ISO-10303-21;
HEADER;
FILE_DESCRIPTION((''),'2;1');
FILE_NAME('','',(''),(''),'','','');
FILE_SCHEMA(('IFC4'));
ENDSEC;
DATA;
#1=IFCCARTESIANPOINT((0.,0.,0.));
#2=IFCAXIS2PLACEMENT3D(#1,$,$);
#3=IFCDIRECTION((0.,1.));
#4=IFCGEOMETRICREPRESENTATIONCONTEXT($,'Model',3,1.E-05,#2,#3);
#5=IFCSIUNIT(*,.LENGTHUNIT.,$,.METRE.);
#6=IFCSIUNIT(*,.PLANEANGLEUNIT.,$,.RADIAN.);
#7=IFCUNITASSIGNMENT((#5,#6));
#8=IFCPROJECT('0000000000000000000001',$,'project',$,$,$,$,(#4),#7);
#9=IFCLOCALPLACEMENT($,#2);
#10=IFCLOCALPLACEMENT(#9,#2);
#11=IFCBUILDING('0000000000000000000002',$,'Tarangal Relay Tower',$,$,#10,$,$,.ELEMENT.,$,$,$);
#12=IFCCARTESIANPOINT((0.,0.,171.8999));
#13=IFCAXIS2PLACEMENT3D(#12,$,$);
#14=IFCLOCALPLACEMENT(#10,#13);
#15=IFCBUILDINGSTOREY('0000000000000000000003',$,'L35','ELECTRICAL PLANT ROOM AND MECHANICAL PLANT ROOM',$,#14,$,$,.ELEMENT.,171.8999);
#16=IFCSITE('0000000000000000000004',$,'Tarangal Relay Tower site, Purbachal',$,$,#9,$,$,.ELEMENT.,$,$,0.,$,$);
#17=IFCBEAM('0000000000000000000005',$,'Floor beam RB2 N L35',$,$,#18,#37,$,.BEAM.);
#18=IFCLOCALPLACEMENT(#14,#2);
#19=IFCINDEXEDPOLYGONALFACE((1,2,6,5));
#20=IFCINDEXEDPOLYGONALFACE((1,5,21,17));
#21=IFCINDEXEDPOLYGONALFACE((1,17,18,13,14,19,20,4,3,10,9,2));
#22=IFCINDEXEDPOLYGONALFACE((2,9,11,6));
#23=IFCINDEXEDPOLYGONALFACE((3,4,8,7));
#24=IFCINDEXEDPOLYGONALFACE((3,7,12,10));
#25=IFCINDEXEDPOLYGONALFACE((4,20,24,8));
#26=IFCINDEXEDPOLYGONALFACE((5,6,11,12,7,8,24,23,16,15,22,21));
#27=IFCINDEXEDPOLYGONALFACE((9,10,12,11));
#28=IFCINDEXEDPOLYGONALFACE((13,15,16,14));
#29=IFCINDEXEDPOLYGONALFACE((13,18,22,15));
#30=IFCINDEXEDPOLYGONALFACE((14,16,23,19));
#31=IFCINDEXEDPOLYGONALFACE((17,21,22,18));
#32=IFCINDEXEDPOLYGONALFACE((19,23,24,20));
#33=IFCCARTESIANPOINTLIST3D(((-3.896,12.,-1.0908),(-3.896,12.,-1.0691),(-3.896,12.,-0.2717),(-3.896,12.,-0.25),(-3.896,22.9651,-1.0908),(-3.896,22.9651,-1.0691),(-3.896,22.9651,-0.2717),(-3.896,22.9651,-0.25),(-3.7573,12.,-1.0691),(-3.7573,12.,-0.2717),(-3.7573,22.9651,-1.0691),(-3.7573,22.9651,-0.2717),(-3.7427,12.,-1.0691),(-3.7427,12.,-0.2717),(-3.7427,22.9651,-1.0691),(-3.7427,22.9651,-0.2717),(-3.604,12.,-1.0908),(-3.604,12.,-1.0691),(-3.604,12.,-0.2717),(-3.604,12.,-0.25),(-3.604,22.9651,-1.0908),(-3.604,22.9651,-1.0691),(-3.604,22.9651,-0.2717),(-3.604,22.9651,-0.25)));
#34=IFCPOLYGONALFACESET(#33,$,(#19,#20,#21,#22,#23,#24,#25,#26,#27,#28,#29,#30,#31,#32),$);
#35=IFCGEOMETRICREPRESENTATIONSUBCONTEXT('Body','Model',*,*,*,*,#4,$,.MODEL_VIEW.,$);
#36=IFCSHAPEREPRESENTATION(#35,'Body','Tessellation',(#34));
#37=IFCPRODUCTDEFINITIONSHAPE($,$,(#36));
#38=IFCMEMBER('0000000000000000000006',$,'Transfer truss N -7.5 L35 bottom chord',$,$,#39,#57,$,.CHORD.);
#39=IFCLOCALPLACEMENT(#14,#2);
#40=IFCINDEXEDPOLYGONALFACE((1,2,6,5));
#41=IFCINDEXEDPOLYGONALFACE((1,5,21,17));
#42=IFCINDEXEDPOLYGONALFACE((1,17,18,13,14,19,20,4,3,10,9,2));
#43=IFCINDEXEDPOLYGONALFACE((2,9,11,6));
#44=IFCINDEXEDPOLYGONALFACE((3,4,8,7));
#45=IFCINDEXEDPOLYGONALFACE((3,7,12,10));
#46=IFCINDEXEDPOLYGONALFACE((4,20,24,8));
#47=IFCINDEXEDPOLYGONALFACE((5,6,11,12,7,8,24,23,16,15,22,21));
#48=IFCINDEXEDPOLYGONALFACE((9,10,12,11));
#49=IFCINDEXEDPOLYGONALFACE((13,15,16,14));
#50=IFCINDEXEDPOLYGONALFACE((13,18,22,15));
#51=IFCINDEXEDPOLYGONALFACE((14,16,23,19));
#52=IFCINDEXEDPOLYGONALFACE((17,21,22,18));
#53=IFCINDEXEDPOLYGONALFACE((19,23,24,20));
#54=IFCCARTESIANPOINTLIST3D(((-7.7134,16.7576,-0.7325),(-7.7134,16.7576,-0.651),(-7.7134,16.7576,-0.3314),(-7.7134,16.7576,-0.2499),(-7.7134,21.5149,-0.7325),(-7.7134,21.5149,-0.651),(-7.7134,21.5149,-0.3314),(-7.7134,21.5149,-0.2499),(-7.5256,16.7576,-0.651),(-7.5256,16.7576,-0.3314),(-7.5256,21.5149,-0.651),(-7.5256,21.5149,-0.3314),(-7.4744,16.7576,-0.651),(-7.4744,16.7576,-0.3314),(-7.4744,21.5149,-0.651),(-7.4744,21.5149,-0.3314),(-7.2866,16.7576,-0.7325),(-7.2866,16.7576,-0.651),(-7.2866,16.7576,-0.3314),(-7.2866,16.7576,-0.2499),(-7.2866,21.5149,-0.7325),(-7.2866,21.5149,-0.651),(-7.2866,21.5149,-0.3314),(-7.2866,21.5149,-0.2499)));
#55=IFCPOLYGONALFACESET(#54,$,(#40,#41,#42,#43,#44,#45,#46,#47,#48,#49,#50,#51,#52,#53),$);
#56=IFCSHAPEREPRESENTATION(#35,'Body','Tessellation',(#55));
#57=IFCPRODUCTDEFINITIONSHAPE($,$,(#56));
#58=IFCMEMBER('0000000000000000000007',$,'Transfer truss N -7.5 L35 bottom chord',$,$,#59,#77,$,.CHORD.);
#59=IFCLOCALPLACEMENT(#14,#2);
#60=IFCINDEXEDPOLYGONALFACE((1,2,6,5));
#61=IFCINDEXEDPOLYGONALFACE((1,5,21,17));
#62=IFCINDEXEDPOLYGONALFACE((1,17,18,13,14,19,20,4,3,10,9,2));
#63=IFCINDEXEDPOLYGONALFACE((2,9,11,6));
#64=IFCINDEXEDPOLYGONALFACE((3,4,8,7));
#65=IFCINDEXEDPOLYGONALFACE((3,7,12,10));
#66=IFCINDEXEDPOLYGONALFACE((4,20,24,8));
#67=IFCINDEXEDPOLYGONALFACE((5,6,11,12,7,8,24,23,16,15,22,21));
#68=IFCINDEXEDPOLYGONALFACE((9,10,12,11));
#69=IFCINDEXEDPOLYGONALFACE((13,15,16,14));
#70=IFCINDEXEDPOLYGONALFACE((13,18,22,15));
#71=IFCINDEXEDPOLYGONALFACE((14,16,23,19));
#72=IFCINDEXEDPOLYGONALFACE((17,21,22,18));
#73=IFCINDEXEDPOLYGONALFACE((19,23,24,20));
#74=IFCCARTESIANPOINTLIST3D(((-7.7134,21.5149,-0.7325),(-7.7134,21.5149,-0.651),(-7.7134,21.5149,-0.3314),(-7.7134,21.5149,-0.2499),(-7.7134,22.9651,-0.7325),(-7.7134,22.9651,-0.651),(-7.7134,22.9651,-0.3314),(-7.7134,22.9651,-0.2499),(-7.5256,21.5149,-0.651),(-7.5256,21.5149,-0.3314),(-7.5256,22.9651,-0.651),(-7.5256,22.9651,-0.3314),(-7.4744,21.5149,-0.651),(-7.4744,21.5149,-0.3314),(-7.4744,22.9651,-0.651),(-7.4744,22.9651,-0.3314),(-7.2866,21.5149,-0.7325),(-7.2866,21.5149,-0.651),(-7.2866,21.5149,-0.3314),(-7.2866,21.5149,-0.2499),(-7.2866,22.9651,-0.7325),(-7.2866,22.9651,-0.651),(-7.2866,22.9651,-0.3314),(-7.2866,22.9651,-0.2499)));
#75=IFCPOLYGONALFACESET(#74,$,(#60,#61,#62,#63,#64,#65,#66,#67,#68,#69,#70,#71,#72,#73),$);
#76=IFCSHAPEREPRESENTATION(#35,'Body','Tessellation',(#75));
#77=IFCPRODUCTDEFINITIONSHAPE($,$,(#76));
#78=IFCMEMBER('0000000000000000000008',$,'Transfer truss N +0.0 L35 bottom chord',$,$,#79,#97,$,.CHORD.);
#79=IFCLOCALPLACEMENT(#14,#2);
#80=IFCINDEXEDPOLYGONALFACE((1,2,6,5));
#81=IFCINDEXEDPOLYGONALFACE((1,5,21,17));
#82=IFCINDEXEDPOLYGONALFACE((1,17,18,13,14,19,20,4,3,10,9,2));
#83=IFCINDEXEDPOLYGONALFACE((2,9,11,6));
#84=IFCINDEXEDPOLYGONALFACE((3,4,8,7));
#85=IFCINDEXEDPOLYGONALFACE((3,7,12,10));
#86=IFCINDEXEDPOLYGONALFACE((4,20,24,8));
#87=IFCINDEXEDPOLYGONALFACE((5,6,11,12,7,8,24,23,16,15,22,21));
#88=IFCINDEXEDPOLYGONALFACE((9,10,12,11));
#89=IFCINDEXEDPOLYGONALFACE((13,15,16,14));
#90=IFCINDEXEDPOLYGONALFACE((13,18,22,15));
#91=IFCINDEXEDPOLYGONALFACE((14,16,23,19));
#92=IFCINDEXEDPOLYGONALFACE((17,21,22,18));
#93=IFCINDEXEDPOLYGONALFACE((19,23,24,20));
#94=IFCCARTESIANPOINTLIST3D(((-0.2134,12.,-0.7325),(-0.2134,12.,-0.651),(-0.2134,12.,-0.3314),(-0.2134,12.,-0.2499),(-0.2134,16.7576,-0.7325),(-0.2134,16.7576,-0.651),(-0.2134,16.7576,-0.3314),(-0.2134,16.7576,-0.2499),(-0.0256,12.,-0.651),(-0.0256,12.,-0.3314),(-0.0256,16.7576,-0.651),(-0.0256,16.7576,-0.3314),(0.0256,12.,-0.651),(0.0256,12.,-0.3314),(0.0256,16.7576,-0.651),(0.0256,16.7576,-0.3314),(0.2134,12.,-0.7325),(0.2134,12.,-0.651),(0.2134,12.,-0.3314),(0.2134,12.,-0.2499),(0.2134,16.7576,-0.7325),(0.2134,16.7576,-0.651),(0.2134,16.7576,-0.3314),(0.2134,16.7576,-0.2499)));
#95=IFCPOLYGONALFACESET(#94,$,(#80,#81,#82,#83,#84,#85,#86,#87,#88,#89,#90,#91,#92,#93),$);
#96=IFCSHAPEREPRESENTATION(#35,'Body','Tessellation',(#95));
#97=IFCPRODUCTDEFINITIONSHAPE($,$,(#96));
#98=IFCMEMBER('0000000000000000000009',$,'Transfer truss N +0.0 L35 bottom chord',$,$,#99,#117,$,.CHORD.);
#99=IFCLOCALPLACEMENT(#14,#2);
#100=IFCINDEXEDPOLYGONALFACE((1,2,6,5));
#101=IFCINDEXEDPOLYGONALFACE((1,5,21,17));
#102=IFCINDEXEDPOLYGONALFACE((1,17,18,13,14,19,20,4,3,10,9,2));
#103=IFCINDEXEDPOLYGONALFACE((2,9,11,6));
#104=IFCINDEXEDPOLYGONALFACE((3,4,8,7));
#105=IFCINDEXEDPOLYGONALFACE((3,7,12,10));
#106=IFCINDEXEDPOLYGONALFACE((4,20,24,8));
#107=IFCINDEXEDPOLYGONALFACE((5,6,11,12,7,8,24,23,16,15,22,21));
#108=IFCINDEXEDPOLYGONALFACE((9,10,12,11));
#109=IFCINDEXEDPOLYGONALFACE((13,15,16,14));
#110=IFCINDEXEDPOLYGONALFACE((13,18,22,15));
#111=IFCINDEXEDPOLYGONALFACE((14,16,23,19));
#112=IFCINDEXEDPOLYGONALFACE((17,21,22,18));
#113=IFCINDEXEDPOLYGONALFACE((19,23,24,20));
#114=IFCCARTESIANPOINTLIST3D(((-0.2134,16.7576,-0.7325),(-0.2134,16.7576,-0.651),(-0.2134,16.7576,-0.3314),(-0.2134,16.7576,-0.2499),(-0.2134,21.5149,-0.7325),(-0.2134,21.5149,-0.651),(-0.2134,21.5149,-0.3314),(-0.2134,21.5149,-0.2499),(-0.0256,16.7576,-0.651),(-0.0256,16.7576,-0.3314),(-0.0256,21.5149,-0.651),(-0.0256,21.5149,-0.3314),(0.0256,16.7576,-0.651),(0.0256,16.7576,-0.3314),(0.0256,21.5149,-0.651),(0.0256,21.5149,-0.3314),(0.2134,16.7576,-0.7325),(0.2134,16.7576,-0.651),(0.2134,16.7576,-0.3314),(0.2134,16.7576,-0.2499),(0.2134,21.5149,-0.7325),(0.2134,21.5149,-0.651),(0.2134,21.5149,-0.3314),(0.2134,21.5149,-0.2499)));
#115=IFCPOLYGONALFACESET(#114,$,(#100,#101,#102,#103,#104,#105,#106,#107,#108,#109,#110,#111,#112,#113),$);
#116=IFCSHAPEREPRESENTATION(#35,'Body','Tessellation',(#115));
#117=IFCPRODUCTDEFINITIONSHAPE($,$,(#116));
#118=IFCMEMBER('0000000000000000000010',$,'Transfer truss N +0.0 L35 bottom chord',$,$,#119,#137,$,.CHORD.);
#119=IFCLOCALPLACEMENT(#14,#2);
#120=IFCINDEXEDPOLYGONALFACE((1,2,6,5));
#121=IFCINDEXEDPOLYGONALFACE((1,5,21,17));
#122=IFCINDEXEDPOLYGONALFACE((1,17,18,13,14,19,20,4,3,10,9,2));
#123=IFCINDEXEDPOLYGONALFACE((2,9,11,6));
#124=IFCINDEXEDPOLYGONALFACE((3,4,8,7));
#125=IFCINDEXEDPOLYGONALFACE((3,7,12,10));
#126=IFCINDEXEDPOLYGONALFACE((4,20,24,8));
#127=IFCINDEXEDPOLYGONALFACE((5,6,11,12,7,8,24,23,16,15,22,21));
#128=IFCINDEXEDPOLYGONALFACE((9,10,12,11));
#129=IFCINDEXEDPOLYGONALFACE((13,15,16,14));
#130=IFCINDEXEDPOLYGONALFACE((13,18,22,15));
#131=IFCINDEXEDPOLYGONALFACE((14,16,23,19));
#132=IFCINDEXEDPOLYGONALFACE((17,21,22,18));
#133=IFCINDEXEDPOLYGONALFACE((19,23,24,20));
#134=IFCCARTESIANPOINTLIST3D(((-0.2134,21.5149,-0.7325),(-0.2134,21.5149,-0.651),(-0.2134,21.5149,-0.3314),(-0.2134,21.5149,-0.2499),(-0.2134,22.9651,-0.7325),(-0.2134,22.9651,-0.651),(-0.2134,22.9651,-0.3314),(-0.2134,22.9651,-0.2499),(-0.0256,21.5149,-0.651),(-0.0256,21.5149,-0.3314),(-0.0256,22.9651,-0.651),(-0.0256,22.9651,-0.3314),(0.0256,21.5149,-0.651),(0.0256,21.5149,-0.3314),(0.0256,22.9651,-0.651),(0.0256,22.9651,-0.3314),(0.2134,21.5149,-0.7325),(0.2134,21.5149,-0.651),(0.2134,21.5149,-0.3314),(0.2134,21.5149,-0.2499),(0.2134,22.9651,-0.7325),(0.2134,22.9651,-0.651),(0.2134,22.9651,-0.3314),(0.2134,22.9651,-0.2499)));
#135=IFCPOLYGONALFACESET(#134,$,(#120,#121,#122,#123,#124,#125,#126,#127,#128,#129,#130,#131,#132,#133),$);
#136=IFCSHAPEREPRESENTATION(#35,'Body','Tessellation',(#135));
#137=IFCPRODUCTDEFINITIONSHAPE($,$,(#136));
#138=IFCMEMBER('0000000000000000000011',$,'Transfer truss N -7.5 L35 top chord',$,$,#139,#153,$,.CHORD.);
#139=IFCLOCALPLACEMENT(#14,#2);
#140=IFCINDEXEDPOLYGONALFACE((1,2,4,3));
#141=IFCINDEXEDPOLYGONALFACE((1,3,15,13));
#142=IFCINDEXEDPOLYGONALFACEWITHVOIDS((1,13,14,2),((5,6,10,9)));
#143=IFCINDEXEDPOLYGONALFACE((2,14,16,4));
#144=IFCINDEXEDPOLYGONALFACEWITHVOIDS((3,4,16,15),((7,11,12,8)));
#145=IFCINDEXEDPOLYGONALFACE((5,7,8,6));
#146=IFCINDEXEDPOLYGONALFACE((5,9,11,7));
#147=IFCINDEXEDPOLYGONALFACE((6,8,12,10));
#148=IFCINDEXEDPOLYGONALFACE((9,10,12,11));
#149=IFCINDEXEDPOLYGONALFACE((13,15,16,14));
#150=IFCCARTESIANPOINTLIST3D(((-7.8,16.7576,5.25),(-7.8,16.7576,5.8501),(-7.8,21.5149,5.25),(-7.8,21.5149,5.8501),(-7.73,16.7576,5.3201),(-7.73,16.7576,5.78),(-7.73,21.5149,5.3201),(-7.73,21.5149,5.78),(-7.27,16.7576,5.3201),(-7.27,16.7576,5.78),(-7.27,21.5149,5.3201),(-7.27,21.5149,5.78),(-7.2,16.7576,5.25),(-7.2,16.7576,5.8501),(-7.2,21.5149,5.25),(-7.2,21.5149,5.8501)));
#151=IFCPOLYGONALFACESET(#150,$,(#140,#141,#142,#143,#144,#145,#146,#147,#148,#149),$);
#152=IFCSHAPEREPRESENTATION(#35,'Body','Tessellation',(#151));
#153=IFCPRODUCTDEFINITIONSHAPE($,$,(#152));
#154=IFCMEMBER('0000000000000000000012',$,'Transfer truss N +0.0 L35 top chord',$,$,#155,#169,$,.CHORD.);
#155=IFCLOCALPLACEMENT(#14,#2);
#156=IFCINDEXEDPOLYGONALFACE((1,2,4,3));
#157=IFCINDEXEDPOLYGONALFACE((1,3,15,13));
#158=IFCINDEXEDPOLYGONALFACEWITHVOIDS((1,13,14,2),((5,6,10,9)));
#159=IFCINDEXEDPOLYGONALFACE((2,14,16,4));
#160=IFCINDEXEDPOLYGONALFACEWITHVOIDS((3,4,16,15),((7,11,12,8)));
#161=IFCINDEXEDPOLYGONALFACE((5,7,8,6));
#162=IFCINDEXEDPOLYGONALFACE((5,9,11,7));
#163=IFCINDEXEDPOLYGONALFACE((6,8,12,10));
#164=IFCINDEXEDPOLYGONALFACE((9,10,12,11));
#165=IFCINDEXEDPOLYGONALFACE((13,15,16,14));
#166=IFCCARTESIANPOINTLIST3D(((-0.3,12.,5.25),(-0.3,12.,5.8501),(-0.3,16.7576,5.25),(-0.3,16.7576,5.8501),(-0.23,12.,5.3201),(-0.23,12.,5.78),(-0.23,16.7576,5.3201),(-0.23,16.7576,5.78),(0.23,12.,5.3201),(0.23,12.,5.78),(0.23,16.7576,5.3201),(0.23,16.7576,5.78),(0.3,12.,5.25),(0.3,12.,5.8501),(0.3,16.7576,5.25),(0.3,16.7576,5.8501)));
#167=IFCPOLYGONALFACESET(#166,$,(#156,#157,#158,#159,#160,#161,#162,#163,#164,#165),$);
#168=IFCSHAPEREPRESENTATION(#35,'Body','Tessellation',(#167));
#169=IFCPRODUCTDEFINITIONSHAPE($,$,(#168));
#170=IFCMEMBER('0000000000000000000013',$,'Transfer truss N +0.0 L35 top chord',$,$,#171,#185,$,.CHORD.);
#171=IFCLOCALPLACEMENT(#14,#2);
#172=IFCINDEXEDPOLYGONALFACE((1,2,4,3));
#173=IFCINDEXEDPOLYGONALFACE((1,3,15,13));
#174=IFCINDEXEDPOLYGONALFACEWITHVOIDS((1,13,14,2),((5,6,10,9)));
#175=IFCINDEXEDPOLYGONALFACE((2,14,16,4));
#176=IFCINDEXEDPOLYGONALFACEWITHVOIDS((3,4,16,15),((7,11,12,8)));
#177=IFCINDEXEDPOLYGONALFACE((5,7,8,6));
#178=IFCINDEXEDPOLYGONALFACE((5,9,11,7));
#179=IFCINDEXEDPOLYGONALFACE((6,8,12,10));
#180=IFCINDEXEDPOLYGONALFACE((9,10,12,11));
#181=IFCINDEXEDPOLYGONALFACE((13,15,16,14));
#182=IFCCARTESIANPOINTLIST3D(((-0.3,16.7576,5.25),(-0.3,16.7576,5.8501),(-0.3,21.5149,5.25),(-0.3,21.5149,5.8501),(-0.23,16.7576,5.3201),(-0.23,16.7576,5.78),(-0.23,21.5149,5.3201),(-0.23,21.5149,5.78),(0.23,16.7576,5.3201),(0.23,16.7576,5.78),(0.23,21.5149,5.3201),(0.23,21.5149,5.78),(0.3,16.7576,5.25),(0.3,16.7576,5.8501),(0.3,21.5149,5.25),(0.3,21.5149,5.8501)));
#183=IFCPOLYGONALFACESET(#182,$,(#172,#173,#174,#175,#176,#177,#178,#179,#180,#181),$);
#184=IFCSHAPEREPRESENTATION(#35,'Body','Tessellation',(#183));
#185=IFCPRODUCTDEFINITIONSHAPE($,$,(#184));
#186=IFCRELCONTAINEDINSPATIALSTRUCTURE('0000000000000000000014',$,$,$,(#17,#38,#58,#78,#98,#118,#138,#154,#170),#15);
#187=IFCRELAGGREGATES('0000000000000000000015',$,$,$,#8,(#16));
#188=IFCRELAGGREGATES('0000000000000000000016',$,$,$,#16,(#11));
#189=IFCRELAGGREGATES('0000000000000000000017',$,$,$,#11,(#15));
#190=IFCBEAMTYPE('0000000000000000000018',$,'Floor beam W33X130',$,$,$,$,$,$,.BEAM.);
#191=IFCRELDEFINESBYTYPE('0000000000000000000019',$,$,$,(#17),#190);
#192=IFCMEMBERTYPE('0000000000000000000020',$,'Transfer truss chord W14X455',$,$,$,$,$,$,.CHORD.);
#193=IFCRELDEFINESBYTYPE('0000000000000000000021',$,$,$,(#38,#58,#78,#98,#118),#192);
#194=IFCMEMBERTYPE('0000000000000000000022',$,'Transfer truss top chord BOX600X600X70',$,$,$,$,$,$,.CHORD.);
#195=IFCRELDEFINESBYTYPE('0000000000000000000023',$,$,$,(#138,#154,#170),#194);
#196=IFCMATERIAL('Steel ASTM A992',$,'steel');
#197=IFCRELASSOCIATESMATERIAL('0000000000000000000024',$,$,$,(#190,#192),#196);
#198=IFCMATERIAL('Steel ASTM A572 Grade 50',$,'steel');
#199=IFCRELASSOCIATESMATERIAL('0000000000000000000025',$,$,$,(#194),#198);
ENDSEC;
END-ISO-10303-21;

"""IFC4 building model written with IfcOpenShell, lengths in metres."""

from ifc_helpers import new_model, si_unit, direction, frame, origin, origin_2d, place, context, subcontext, project, spatial, hollow_rectangle, i_section, extrude, material, material_profile, profile_set, type_object, element, save


model = new_model("IFC4")

# Units and contexts
model_context = context("Model", 3, precision=1e-05, world=origin(), true_north=direction((0.0, 1.0)))
body_context = subcontext(model_context, "Body", "Model", "MODEL_VIEW")
ifc_project = project(units=[si_unit("LENGTHUNIT", "METRE"), si_unit("PLANEANGLEUNIT", "RADIAN")], contexts=[model_context])

# Site, building, storey
site_placement = place(None, origin())
site = spatial("IfcSite", under=ifc_project, at=site_placement, Name="Tarangal Relay Tower site, Purbachal", CompositionType="ELEMENT", RefElevation=0.0)
building_placement = place(site_placement, origin())
building = spatial("IfcBuilding", under=site, at=building_placement, Name="Tarangal Relay Tower", CompositionType="ELEMENT")
storey_placement = place(building_placement, frame((0.0, 0.0, 171.8999)))
storey = spatial("IfcBuildingStorey", under=building, at=storey_placement, Name="L35", Description="ELECTRICAL PLANT ROOM AND MECHANICAL PLANT ROOM", CompositionType="ELEMENT", Elevation=171.8999)

# Shared definitions
ifc_material_1 = material(Name="Steel ASTM A572 Grade 50", Category="steel")

# Shared definitions
ifc_material_2 = material(Name="Steel ASTM A992", Category="steel")

# Beam
ifc_material_profile_1 = material_profile(ifc_material_2, i_section(OverallWidth=0.292, OverallDepth=0.8408, WebThickness=0.0146, FlangeThickness=0.0217, at=origin_2d()), Name="W33X130")
ifc_profile_set_1 = profile_set([ifc_material_profile_1], Name="Steel ASTM A992")
beam_type_1 = type_object("IfcBeamType", Name="Floor beam W33X130", PredefinedType="BEAM", material=ifc_profile_set_1)
beam_placement = place(storey_placement, frame((-3.75, 12.0, -0.6704), z_axis=(0.0, 1.0, 0.0), x_axis=(-1.0, 0.0, 0.0)))
element("IfcBeam", 1, at=beam_placement, inside=storey, type_object=beam_type_1, Name="Floor beam RB2 N L35", PredefinedType="BEAM", context=body_context, shape_type="SweptSolid", body=[
    extrude(i_section(OverallWidth=0.292, OverallDepth=0.8408, WebThickness=0.0146, FlangeThickness=0.0217, at=origin_2d()), origin(), (0.0, 0.0, 1.0), 10.9651),
])

# Members
ifc_material_profile_2 = material_profile(ifc_material_2, i_section(OverallWidth=0.4268, OverallDepth=0.4827, WebThickness=0.0513, FlangeThickness=0.0815, at=origin_2d()), Name="W14X455")
ifc_profile_set_2 = profile_set([ifc_material_profile_2], Name="Steel ASTM A992")
member_type_1 = type_object("IfcMemberType", Name="Transfer truss chord W14X455", PredefinedType="CHORD", material=ifc_profile_set_2)
member_1_placement = place(storey_placement, frame((-7.5, 16.7576, -0.4912), z_axis=(0.0, 1.0, 0.0), x_axis=(-1.0, 0.0, 0.0)))
element("IfcMember", 2, at=member_1_placement, inside=storey, type_object=member_type_1, Name="Transfer truss N -7.5 L35 bottom chord", PredefinedType="CHORD", context=body_context, shape_type="SweptSolid", body=[
    extrude(i_section(OverallWidth=0.4268, OverallDepth=0.4827, WebThickness=0.0513, FlangeThickness=0.0815, at=origin_2d()), origin(), (0.0, 0.0, 1.0), 4.7573),
])
member_2_placement = place(storey_placement, frame((-7.5, 21.5149, -0.4912), z_axis=(0.0, 1.0, 0.0), x_axis=(-1.0, 0.0, 0.0)))
element("IfcMember", 3, at=member_2_placement, inside=storey, type_object=member_type_1, Name="Transfer truss N -7.5 L35 bottom chord", PredefinedType="CHORD", context=body_context, shape_type="SweptSolid", body=[
    extrude(i_section(OverallWidth=0.4268, OverallDepth=0.4827, WebThickness=0.0513, FlangeThickness=0.0815, at=origin_2d()), origin(), (0.0, 0.0, 1.0), 1.4502),
])
member_3_placement = place(storey_placement, frame((0.0, 12.0, -0.4912), z_axis=(0.0, 1.0, 0.0), x_axis=(-1.0, 0.0, 0.0)))
element("IfcMember", 4, at=member_3_placement, inside=storey, type_object=member_type_1, Name="Transfer truss N +0.0 L35 bottom chord", PredefinedType="CHORD", context=body_context, shape_type="SweptSolid", body=[
    extrude(i_section(OverallWidth=0.4268, OverallDepth=0.4827, WebThickness=0.0513, FlangeThickness=0.0815, at=origin_2d()), origin(), (0.0, 0.0, 1.0), 4.7576),
])
member_4_placement = place(storey_placement, frame((0.0, 16.7576, -0.4912), z_axis=(0.0, 1.0, 0.0), x_axis=(-1.0, 0.0, 0.0)))
element("IfcMember", 5, at=member_4_placement, inside=storey, type_object=member_type_1, Name="Transfer truss N +0.0 L35 bottom chord", PredefinedType="CHORD", context=body_context, shape_type="SweptSolid", body=[
    extrude(i_section(OverallWidth=0.4268, OverallDepth=0.4827, WebThickness=0.0513, FlangeThickness=0.0815, at=origin_2d()), origin(), (0.0, 0.0, 1.0), 4.7573),
])
member_5_placement = place(storey_placement, frame((0.0, 21.5149, -0.4912), z_axis=(0.0, 1.0, 0.0), x_axis=(-1.0, 0.0, 0.0)))
element("IfcMember", 6, at=member_5_placement, inside=storey, type_object=member_type_1, Name="Transfer truss N +0.0 L35 bottom chord", PredefinedType="CHORD", context=body_context, shape_type="SweptSolid", body=[
    extrude(i_section(OverallWidth=0.4268, OverallDepth=0.4827, WebThickness=0.0513, FlangeThickness=0.0815, at=origin_2d()), origin(), (0.0, 0.0, 1.0), 1.4502),
])
ifc_material_profile_3 = material_profile(ifc_material_1, hollow_rectangle(XDim=0.6001, YDim=0.6001, WallThickness=0.0701, at=origin_2d()), Name="BOX600X600X70")
ifc_profile_set_3 = profile_set([ifc_material_profile_3], Name="Steel ASTM A572 Grade 50")
member_type_2 = type_object("IfcMemberType", Name="Transfer truss top chord BOX600X600X70", PredefinedType="CHORD", material=ifc_profile_set_3)
member_6_placement = place(storey_placement, frame((-7.5, 16.7576, 5.55), z_axis=(0.0, 1.0, 0.0), x_axis=(-1.0, 0.0, 0.0)))
element("IfcMember", 7, at=member_6_placement, inside=storey, type_object=member_type_2, Name="Transfer truss N -7.5 L35 top chord", PredefinedType="CHORD", context=body_context, shape_type="SweptSolid", body=[
    extrude(hollow_rectangle(XDim=0.6001, YDim=0.6001, WallThickness=0.0701, at=origin_2d()), origin(), (0.0, 0.0, 1.0), 4.7573),
])
member_7_placement = place(storey_placement, frame((0.0, 12.0, 5.55), z_axis=(0.0, 1.0, 0.0), x_axis=(-1.0, 0.0, 0.0)))
element("IfcMember", 8, at=member_7_placement, inside=storey, type_object=member_type_2, Name="Transfer truss N +0.0 L35 top chord", PredefinedType="CHORD", context=body_context, shape_type="SweptSolid", body=[
    extrude(hollow_rectangle(XDim=0.6001, YDim=0.6001, WallThickness=0.0701, at=origin_2d()), origin(), (0.0, 0.0, 1.0), 4.7576),
])
member_8_placement = place(storey_placement, frame((0.0, 16.7576, 5.55), z_axis=(0.0, 1.0, 0.0), x_axis=(-1.0, 0.0, 0.0)))
element("IfcMember", 9, at=member_8_placement, inside=storey, type_object=member_type_2, Name="Transfer truss N +0.0 L35 top chord", PredefinedType="CHORD", context=body_context, shape_type="SweptSolid", body=[
    extrude(hollow_rectangle(XDim=0.6001, YDim=0.6001, WallThickness=0.0701, at=origin_2d()), origin(), (0.0, 0.0, 1.0), 4.7573),
])

save(model, "model.ifc")
